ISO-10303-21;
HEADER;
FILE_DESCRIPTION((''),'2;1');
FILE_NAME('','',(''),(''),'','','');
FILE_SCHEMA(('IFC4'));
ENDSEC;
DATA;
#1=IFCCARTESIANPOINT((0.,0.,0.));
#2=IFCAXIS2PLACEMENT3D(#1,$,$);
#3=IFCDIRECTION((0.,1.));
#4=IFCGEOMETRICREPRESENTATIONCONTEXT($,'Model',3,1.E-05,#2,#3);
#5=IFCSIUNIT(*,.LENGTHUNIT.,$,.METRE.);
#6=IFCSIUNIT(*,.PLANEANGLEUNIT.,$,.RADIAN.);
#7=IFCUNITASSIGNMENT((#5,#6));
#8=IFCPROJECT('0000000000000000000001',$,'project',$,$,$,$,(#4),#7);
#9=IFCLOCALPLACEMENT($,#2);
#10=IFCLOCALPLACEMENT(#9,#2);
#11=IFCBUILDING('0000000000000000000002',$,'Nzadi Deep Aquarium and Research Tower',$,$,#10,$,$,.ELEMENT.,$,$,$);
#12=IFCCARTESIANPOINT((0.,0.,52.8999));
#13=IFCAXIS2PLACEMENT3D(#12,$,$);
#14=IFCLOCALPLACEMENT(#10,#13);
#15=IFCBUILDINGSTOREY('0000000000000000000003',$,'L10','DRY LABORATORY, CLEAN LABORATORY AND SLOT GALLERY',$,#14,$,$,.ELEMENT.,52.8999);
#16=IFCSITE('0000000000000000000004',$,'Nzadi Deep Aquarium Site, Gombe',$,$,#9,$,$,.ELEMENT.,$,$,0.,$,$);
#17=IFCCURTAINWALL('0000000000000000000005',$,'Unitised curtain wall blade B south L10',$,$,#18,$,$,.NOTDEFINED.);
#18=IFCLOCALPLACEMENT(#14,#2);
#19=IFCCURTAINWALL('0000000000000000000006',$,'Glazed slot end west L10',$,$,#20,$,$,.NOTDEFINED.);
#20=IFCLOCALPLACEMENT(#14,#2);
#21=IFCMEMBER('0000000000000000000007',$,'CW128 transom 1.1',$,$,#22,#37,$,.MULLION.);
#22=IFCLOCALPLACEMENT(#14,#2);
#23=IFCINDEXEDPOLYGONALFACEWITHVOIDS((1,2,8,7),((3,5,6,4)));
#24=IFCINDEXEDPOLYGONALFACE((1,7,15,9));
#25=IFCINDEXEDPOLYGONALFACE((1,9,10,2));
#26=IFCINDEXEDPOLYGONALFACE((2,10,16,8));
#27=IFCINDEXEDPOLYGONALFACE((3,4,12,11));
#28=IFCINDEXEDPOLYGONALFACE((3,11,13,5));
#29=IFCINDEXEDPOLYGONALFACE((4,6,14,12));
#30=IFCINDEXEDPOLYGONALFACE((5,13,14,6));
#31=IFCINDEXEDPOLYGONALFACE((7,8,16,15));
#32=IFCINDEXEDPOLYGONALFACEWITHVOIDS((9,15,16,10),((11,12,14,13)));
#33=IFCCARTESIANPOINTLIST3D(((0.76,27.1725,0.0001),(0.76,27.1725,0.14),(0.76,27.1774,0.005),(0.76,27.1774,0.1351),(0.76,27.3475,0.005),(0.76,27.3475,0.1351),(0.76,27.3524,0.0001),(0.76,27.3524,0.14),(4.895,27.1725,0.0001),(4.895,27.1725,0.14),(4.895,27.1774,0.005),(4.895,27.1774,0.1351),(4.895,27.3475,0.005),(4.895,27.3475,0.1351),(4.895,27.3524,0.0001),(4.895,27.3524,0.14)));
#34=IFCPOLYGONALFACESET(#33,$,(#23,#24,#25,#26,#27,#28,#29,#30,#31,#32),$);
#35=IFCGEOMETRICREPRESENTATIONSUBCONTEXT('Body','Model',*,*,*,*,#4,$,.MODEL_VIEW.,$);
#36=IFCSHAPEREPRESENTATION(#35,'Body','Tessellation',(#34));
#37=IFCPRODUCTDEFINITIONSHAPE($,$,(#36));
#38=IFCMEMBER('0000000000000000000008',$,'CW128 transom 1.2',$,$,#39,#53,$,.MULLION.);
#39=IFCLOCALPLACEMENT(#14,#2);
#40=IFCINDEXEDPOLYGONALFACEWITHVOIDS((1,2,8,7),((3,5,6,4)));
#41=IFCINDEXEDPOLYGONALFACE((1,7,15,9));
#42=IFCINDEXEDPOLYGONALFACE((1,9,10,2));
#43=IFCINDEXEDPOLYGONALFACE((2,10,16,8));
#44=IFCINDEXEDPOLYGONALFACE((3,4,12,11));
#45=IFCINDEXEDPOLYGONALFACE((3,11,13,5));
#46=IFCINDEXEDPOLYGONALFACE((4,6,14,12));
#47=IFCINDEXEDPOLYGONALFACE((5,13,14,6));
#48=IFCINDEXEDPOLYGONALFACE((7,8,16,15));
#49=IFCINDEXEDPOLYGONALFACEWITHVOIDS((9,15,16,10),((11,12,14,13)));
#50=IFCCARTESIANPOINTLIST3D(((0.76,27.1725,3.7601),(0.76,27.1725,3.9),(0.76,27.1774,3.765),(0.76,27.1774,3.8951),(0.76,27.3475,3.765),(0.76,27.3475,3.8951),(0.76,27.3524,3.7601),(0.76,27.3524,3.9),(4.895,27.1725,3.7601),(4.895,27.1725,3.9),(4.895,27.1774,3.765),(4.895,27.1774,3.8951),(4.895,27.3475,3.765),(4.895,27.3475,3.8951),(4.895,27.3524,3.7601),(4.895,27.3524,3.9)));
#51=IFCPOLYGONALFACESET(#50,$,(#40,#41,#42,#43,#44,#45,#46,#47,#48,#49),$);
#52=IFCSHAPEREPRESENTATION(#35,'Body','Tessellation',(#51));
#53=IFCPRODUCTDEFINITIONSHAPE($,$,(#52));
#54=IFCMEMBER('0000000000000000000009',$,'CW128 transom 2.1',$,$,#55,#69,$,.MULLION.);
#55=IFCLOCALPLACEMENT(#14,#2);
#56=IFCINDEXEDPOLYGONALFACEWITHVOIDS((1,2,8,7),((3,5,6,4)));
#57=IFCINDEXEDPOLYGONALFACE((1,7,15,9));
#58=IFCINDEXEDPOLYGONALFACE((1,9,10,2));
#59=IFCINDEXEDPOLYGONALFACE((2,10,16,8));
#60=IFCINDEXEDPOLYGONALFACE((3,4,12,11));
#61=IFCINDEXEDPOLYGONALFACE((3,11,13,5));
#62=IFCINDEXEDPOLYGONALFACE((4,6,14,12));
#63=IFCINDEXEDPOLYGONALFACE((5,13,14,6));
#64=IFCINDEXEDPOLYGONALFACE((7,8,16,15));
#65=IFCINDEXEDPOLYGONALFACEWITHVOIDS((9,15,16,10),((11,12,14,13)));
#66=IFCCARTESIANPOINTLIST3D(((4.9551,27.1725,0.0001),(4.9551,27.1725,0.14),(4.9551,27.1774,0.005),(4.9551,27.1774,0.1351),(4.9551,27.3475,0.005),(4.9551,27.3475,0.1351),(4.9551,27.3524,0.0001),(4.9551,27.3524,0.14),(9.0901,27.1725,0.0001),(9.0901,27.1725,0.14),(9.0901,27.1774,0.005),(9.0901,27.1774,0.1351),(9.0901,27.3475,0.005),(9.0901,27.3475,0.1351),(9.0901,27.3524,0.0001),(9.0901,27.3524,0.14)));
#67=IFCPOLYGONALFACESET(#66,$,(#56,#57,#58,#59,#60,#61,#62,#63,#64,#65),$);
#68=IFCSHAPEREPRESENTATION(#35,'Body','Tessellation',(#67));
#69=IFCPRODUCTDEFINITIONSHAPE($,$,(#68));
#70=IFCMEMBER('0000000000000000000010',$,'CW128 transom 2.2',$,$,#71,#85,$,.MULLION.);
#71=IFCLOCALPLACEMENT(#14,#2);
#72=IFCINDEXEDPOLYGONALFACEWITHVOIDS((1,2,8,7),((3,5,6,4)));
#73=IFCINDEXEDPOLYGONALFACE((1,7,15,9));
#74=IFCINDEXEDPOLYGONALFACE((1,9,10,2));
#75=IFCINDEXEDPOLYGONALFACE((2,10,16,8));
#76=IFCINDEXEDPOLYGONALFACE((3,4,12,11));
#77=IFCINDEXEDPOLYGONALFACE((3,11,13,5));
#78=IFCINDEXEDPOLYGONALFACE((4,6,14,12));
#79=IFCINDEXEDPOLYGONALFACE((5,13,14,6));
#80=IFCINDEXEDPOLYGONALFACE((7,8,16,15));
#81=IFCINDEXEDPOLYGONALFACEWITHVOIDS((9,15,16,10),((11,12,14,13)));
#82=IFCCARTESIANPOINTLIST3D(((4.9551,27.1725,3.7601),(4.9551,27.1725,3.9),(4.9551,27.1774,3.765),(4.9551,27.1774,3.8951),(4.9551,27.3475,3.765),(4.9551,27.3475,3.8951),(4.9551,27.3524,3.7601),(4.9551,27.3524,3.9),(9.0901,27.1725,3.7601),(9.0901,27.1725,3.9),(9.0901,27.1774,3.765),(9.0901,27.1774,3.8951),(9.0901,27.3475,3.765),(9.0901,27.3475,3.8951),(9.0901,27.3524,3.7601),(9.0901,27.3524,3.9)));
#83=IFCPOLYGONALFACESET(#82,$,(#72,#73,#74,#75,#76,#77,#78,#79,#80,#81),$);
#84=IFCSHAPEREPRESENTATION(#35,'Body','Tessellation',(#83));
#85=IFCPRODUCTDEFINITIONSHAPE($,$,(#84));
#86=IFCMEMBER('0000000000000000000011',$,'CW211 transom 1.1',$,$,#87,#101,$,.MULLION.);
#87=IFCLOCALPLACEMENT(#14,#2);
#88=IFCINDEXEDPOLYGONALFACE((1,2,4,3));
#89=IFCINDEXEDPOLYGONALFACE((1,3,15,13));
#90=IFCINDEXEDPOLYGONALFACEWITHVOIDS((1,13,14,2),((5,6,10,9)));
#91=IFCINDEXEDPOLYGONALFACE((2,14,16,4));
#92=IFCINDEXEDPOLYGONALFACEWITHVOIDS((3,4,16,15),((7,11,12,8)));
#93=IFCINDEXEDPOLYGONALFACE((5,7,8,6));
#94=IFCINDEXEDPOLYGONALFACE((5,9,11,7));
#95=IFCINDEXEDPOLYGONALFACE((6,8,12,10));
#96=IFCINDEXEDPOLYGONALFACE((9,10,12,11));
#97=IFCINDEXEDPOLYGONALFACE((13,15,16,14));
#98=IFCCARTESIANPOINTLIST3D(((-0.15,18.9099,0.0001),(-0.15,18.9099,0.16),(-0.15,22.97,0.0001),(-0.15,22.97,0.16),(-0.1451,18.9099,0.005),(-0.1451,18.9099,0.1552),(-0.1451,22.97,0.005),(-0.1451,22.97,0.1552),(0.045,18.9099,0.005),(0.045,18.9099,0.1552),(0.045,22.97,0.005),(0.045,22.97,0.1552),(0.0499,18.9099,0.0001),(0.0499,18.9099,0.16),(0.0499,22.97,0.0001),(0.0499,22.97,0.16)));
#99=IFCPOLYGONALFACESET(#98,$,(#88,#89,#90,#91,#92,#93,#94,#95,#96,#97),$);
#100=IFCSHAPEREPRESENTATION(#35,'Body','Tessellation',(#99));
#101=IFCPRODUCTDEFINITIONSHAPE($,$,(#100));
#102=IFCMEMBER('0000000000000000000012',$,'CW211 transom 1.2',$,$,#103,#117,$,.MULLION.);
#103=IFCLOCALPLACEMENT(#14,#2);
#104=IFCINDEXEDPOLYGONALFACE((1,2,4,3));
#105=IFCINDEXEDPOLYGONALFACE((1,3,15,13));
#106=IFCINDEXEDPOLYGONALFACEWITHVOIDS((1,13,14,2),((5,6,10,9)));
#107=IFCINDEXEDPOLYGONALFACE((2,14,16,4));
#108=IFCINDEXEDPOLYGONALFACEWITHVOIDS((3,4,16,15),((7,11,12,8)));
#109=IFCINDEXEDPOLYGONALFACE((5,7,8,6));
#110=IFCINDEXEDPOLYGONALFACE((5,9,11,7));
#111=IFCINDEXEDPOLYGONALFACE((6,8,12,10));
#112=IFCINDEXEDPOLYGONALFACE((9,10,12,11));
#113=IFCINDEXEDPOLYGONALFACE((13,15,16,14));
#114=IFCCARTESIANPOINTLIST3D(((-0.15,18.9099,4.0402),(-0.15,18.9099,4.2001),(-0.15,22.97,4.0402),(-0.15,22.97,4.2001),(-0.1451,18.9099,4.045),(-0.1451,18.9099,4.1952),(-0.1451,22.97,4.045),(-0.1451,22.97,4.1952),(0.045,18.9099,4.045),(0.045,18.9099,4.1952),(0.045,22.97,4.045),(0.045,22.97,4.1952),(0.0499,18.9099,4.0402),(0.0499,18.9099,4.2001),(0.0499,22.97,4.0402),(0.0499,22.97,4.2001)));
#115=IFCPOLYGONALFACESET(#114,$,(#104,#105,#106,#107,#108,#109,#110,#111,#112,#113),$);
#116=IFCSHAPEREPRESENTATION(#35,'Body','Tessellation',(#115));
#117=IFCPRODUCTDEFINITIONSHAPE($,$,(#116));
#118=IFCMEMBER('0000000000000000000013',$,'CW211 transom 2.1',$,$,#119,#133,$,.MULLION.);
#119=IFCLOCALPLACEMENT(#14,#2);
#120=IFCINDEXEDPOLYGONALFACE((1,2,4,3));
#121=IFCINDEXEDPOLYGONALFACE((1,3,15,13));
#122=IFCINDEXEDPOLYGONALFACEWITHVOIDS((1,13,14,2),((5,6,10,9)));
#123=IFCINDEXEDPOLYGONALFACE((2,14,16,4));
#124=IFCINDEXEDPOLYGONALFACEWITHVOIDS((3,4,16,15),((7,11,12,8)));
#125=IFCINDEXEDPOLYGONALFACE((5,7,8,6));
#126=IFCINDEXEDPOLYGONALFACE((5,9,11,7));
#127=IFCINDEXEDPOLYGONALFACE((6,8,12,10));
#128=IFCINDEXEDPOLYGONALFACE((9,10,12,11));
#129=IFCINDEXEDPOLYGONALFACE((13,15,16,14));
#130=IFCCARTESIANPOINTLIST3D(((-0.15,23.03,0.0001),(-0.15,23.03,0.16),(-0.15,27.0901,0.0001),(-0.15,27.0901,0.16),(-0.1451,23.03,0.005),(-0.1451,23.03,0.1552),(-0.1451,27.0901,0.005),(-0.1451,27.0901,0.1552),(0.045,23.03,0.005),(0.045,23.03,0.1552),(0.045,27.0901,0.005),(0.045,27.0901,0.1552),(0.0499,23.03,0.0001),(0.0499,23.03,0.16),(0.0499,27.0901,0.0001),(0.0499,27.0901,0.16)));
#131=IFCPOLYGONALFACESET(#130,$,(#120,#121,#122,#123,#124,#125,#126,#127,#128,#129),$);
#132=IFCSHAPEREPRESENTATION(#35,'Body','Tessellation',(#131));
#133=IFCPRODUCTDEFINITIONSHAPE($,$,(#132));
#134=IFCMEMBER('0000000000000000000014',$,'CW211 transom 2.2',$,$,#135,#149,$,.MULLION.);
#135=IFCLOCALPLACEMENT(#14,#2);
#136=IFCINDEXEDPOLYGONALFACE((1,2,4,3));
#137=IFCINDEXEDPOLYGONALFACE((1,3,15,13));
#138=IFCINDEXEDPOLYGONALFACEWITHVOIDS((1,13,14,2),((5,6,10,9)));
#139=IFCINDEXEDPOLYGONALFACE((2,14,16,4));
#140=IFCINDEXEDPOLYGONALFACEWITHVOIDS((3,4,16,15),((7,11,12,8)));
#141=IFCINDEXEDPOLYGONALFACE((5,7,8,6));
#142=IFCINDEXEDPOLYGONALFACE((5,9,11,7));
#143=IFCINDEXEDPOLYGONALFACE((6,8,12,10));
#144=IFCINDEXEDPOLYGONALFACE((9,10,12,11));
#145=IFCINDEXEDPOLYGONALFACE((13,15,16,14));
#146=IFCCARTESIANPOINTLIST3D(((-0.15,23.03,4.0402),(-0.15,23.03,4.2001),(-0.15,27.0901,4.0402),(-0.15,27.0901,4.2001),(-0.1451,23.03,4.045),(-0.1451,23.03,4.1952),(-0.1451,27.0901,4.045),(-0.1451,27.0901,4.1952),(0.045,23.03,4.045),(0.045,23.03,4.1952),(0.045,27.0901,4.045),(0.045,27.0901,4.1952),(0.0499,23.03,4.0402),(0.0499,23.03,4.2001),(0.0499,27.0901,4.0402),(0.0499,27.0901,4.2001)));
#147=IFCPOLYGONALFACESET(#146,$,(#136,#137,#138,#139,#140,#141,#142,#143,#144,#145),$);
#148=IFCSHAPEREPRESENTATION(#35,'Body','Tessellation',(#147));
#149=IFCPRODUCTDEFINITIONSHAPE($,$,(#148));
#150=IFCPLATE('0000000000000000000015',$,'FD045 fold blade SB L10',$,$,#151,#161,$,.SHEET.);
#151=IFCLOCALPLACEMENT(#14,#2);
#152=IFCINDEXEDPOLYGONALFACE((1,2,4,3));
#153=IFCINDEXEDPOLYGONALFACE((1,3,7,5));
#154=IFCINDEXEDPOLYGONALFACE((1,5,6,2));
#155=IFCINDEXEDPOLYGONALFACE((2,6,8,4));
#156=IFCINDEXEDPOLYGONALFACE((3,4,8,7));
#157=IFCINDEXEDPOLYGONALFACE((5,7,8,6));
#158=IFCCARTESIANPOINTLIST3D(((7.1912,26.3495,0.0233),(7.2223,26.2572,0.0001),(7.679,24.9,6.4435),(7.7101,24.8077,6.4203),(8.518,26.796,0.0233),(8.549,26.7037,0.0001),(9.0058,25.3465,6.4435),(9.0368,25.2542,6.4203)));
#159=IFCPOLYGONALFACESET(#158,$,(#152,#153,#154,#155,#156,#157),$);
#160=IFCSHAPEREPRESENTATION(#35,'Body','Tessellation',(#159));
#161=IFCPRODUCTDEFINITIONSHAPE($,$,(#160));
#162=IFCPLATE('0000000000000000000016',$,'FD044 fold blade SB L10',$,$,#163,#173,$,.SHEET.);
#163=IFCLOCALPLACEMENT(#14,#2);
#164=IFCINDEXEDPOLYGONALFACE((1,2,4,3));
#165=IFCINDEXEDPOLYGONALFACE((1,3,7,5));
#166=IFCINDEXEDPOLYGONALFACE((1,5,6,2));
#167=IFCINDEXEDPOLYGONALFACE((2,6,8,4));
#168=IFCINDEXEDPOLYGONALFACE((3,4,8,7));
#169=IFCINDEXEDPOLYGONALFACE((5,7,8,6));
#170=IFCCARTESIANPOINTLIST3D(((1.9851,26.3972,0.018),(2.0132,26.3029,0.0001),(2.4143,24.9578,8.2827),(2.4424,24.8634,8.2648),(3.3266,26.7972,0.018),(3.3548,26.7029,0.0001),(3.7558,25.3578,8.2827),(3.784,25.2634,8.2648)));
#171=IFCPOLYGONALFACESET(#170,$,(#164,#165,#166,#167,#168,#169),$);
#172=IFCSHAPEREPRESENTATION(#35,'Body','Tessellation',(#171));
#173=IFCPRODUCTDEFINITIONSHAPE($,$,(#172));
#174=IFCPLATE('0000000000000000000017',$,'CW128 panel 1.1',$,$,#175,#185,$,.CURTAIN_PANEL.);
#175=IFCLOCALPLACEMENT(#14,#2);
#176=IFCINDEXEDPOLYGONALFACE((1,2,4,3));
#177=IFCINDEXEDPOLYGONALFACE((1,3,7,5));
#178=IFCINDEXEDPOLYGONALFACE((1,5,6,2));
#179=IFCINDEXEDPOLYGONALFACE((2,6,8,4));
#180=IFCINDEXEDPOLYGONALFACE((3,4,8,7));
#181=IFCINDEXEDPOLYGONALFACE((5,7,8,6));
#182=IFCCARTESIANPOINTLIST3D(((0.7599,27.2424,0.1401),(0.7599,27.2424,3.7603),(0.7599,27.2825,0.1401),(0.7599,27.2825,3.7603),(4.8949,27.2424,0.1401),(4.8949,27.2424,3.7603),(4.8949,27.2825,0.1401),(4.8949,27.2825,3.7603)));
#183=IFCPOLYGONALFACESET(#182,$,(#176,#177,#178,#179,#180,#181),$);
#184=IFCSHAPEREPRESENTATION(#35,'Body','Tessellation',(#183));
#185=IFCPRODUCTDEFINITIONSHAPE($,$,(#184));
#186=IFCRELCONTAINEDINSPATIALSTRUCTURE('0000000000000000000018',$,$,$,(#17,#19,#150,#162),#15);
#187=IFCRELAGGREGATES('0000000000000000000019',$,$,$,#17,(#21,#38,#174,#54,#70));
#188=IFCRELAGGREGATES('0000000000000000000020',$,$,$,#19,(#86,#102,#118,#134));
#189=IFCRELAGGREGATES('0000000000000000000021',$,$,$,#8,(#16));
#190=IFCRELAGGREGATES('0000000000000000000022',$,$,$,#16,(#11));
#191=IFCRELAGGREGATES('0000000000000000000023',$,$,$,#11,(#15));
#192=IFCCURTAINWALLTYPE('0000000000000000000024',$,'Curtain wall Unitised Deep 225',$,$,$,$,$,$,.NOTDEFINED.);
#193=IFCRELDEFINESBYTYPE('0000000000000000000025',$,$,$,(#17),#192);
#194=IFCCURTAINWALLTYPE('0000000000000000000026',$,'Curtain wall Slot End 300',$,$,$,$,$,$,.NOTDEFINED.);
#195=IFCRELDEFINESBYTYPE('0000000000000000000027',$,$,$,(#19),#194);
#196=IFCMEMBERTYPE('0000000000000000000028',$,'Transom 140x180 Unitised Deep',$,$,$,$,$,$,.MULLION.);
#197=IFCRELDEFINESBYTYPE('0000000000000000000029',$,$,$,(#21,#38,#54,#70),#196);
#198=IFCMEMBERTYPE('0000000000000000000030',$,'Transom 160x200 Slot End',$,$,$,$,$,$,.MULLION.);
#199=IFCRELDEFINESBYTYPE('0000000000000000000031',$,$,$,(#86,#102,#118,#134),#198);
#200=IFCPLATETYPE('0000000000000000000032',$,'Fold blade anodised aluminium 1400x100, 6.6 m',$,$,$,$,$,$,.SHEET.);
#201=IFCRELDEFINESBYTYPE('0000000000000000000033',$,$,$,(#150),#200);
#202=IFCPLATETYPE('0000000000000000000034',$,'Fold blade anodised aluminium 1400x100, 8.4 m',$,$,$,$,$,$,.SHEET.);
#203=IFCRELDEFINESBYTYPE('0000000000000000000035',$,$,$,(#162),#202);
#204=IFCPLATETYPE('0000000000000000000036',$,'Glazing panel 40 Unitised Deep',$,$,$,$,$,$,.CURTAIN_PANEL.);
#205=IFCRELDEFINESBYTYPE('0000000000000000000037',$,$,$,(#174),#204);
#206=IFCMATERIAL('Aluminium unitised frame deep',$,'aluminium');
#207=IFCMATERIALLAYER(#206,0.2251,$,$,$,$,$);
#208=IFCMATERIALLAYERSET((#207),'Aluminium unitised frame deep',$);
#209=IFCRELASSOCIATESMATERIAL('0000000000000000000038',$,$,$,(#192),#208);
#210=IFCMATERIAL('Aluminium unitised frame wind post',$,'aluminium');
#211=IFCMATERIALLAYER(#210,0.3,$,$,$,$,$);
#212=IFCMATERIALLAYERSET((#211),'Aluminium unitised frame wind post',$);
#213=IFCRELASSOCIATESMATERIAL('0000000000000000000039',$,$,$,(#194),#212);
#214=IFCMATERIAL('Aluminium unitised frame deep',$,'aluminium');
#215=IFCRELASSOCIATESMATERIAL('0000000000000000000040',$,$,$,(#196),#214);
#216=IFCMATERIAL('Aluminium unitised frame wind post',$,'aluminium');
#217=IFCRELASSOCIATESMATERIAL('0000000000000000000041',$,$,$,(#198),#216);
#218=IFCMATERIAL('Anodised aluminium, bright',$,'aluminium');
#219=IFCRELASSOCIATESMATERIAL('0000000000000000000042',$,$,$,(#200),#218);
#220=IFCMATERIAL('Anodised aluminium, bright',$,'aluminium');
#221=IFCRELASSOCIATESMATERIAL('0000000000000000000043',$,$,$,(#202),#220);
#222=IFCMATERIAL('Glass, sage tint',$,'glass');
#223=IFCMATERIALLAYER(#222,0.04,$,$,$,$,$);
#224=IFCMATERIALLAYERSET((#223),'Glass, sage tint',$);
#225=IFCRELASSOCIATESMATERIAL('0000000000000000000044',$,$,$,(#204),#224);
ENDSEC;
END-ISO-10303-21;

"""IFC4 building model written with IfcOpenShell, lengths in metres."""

from ifc_helpers import new_model, si_unit, direction, frame, origin, origin_2d, place, context, subcontext, project, spatial, rectangle, hollow_rectangle, extrude, material, layer, layer_set, material_profile, profile_set, type_object, element, aggregate, save


model = new_model("IFC4")

# Units and contexts
model_context = context("Model", 3, precision=1e-05, world=origin(), true_north=direction((0.0, 1.0)))
body_context = subcontext(model_context, "Body", "Model", "MODEL_VIEW")
ifc_project = project(units=[si_unit("LENGTHUNIT", "METRE"), si_unit("PLANEANGLEUNIT", "RADIAN")], contexts=[model_context])

# Site, building, storey
site_placement = place(None, origin())
site = spatial("IfcSite", under=ifc_project, at=site_placement, Name="Nzadi Deep Aquarium Site, Gombe", CompositionType="ELEMENT", RefElevation=0.0)
building_placement = place(site_placement, origin())
building = spatial("IfcBuilding", under=site, at=building_placement, Name="Nzadi Deep Aquarium and Research Tower", CompositionType="ELEMENT")
storey_placement = place(building_placement, frame((0.0, 0.0, 52.8999)))
storey = spatial("IfcBuildingStorey", under=building, at=storey_placement, Name="L10", Description="DRY LABORATORY, CLEAN LABORATORY AND SLOT GALLERY", CompositionType="ELEMENT", Elevation=52.8999)

# Curtain wall
ifc_material_1 = material(Name="Aluminium unitised frame deep", Category="aluminium")
ifc_layer_1 = layer(ifc_material_1, 0.2251)
ifc_layer_set_1 = layer_set([ifc_layer_1], Name="Aluminium unitised frame deep")
curtain_wall_type_1 = type_object("IfcCurtainWallType", Name="Curtain wall Unitised Deep 225", PredefinedType="NOTDEFINED", material=ifc_layer_set_1)
curtain_wall_1_placement = place(storey_placement, origin())
curtain_wall_1 = element("IfcCurtainWall", 1, at=curtain_wall_1_placement, inside=storey, type_object=curtain_wall_type_1, Name="Unitised curtain wall blade B south L10", PredefinedType="NOTDEFINED")

# Curtain wall
ifc_material_2 = material(Name="Aluminium unitised frame wind post", Category="aluminium")
ifc_layer_2 = layer(ifc_material_2, 0.3)
ifc_layer_set_2 = layer_set([ifc_layer_2], Name="Aluminium unitised frame wind post")
curtain_wall_type_2 = type_object("IfcCurtainWallType", Name="Curtain wall Slot End 300", PredefinedType="NOTDEFINED", material=ifc_layer_set_2)
curtain_wall_2_placement = place(storey_placement, origin())
curtain_wall_2 = element("IfcCurtainWall", 2, at=curtain_wall_2_placement, inside=storey, type_object=curtain_wall_type_2, Name="Glazed slot end west L10", PredefinedType="NOTDEFINED")

# Members
ifc_material_3 = material(Name="Aluminium unitised frame deep", Category="aluminium")
ifc_material_profile_1 = material_profile(ifc_material_3, hollow_rectangle(XDim=0.1799, YDim=0.1399, WallThickness=0.0049, at=origin_2d()))
ifc_profile_set_1 = profile_set([ifc_material_profile_1], Name="Aluminium unitised frame deep")
member_type_1 = type_object("IfcMemberType", Name="Transom 140x180 Unitised Deep", PredefinedType="MULLION", material=ifc_profile_set_1)
member_1_placement = place(storey_placement, frame((0.76, 27.2625, 0.0701), z_axis=(1.0, 0.0, 0.0), x_axis=(0.0, 1.0, 0.0)))
member_1 = element("IfcMember", 3, at=member_1_placement, type_object=member_type_1, Name="CW128 transom 1.1", PredefinedType="MULLION", context=body_context, shape_type="SweptSolid", body=[
    extrude(hollow_rectangle(XDim=0.1799, YDim=0.1399, WallThickness=0.0049, at=origin_2d()), origin(), (0.0, 0.0, 1.0), 4.135),
])
member_2_placement = place(storey_placement, frame((0.76, 27.2625, 3.8301), z_axis=(1.0, 0.0, 0.0), x_axis=(0.0, 1.0, 0.0)))
member_2 = element("IfcMember", 4, at=member_2_placement, type_object=member_type_1, Name="CW128 transom 1.2", PredefinedType="MULLION", context=body_context, shape_type="SweptSolid", body=[
    extrude(hollow_rectangle(XDim=0.1799, YDim=0.1399, WallThickness=0.0049, at=origin_2d()), origin(), (0.0, 0.0, 1.0), 4.135),
])
member_3_placement = place(storey_placement, frame((4.9551, 27.2625, 0.0701), z_axis=(1.0, 0.0, 0.0), x_axis=(0.0, 1.0, 0.0)))
member_3 = element("IfcMember", 5, at=member_3_placement, type_object=member_type_1, Name="CW128 transom 2.1", PredefinedType="MULLION", context=body_context, shape_type="SweptSolid", body=[
    extrude(hollow_rectangle(XDim=0.1799, YDim=0.1399, WallThickness=0.0049, at=origin_2d()), origin(), (0.0, 0.0, 1.0), 4.135),
])
member_4_placement = place(storey_placement, frame((4.9551, 27.2625, 3.8301), z_axis=(1.0, 0.0, 0.0), x_axis=(0.0, 1.0, 0.0)))
member_4 = element("IfcMember", 6, at=member_4_placement, type_object=member_type_1, Name="CW128 transom 2.2", PredefinedType="MULLION", context=body_context, shape_type="SweptSolid", body=[
    extrude(hollow_rectangle(XDim=0.1799, YDim=0.1399, WallThickness=0.0049, at=origin_2d()), origin(), (0.0, 0.0, 1.0), 4.135),
])
ifc_material_4 = material(Name="Aluminium unitised frame wind post", Category="aluminium")
ifc_material_profile_2 = material_profile(ifc_material_4, hollow_rectangle(XDim=0.2, YDim=0.1599, WallThickness=0.0049, at=origin_2d()))
ifc_profile_set_2 = profile_set([ifc_material_profile_2], Name="Aluminium unitised frame wind post")
member_type_2 = type_object("IfcMemberType", Name="Transom 160x200 Slot End", PredefinedType="MULLION", material=ifc_profile_set_2)
member_5_placement = place(storey_placement, frame((-0.05, 18.9099, 0.0801), z_axis=(0.0, 1.0, 0.0), x_axis=(-1.0, 0.0, 0.0)))
member_5 = element("IfcMember", 7, at=member_5_placement, type_object=member_type_2, Name="CW211 transom 1.1", PredefinedType="MULLION", context=body_context, shape_type="SweptSolid", body=[
    extrude(hollow_rectangle(XDim=0.2, YDim=0.1599, WallThickness=0.0049, at=origin_2d()), origin(), (0.0, 0.0, 1.0), 4.0601),
])
member_6_placement = place(storey_placement, frame((-0.05, 18.9099, 4.1201), z_axis=(0.0, 1.0, 0.0), x_axis=(-1.0, 0.0, 0.0)))
member_6 = element("IfcMember", 8, at=member_6_placement, type_object=member_type_2, Name="CW211 transom 1.2", PredefinedType="MULLION", context=body_context, shape_type="SweptSolid", body=[
    extrude(hollow_rectangle(XDim=0.2, YDim=0.1599, WallThickness=0.0049, at=origin_2d()), origin(), (0.0, 0.0, 1.0), 4.0601),
])
member_7_placement = place(storey_placement, frame((-0.05, 23.03, 0.0801), z_axis=(0.0, 1.0, 0.0), x_axis=(-1.0, 0.0, 0.0)))
member_7 = element("IfcMember", 9, at=member_7_placement, type_object=member_type_2, Name="CW211 transom 2.1", PredefinedType="MULLION", context=body_context, shape_type="SweptSolid", body=[
    extrude(hollow_rectangle(XDim=0.2, YDim=0.1599, WallThickness=0.0049, at=origin_2d()), origin(), (0.0, 0.0, 1.0), 4.0601),
])
member_8_placement = place(storey_placement, frame((-0.05, 23.03, 4.1201), z_axis=(0.0, 1.0, 0.0), x_axis=(-1.0, 0.0, 0.0)))
member_8 = element("IfcMember", 10, at=member_8_placement, type_object=member_type_2, Name="CW211 transom 2.2", PredefinedType="MULLION", context=body_context, shape_type="SweptSolid", body=[
    extrude(hollow_rectangle(XDim=0.2, YDim=0.1599, WallThickness=0.0049, at=origin_2d()), origin(), (0.0, 0.0, 1.0), 4.0601),
])

# Plates
ifc_material_5 = material(Name="Anodised aluminium, bright", Category="aluminium")
ifc_material_profile_3 = material_profile(ifc_material_5, rectangle(XDim=1.3999, YDim=0.1001, at=origin_2d()))
ifc_profile_set_3 = profile_set([ifc_material_profile_3], Name="Anodised aluminium, bright")
plate_type_1 = type_object("IfcPlateType", Name="Fold blade anodised aluminium 1400x100, 6.6 m", PredefinedType="SHEET", material=ifc_profile_set_3)
plate_1_placement = place(storey_placement, frame((7.8701, 26.5266, 0.0117), z_axis=(0.07391, -0.219622, 0.972781), x_axis=(0.947769, 0.318956, 0.0)))
element("IfcPlate", 11, at=plate_1_placement, inside=storey, type_object=plate_type_1, Name="FD045 fold blade SB L10", PredefinedType="SHEET", context=body_context, shape_type="SweptSolid", body=[
    extrude(rectangle(XDim=1.3999, YDim=0.1001, at=origin_2d()), origin(), (0.0, 0.0, 1.0), 6.5999),
])
ifc_material_6 = material(Name="Anodised aluminium, bright", Category="aluminium")
ifc_material_profile_4 = material_profile(ifc_material_6, rectangle(XDim=1.3999, YDim=0.1001, at=origin_2d()))
ifc_profile_set_4 = profile_set([ifc_material_profile_4], Name="Anodised aluminium, bright")
plate_type_2 = type_object("IfcPlateType", Name="Fold blade anodised aluminium 1400x100, 8.4 m", PredefinedType="SHEET", material=ifc_profile_set_4)
plate_2_placement = place(storey_placement, frame((2.6699, 26.55, 0.009), z_axis=(0.051095, -0.171363, 0.983882), x_axis=(0.958308, 0.285737, 0.0)))
element("IfcPlate", 12, at=plate_2_placement, inside=storey, type_object=plate_type_2, Name="FD044 fold blade SB L10", PredefinedType="SHEET", context=body_context, shape_type="SweptSolid", body=[
    extrude(rectangle(XDim=1.3999, YDim=0.1001, at=origin_2d()), origin(), (0.0, 0.0, 1.0), 8.4001),
])

# Plate
ifc_material_7 = material(Name="Glass, sage tint", Category="glass")
ifc_layer_3 = layer(ifc_material_7, 0.04)
ifc_layer_set_3 = layer_set([ifc_layer_3], Name="Glass, sage tint")
plate_type_3 = type_object("IfcPlateType", Name="Glazing panel 40 Unitised Deep", PredefinedType="CURTAIN_PANEL", material=ifc_layer_set_3)
plate_3_placement = place(storey_placement, frame((2.8274, 27.2625, 0.1401), z_axis=(0.0, 0.0, 1.0), x_axis=(1.0, 0.0, 0.0)))
plate_3 = element("IfcPlate", 13, at=plate_3_placement, type_object=plate_type_3, Name="CW128 panel 1.1", PredefinedType="CURTAIN_PANEL", context=body_context, shape_type="SweptSolid", body=[
    extrude(rectangle(XDim=4.135, YDim=0.04, at=origin_2d()), origin(), (0.0, 0.0, 1.0), 3.6201),
])
aggregate(curtain_wall_1, [member_1, member_2, plate_3, member_3, member_4])
aggregate(curtain_wall_2, [member_5, member_6, member_7, member_8])

save(model, "model.ifc")
